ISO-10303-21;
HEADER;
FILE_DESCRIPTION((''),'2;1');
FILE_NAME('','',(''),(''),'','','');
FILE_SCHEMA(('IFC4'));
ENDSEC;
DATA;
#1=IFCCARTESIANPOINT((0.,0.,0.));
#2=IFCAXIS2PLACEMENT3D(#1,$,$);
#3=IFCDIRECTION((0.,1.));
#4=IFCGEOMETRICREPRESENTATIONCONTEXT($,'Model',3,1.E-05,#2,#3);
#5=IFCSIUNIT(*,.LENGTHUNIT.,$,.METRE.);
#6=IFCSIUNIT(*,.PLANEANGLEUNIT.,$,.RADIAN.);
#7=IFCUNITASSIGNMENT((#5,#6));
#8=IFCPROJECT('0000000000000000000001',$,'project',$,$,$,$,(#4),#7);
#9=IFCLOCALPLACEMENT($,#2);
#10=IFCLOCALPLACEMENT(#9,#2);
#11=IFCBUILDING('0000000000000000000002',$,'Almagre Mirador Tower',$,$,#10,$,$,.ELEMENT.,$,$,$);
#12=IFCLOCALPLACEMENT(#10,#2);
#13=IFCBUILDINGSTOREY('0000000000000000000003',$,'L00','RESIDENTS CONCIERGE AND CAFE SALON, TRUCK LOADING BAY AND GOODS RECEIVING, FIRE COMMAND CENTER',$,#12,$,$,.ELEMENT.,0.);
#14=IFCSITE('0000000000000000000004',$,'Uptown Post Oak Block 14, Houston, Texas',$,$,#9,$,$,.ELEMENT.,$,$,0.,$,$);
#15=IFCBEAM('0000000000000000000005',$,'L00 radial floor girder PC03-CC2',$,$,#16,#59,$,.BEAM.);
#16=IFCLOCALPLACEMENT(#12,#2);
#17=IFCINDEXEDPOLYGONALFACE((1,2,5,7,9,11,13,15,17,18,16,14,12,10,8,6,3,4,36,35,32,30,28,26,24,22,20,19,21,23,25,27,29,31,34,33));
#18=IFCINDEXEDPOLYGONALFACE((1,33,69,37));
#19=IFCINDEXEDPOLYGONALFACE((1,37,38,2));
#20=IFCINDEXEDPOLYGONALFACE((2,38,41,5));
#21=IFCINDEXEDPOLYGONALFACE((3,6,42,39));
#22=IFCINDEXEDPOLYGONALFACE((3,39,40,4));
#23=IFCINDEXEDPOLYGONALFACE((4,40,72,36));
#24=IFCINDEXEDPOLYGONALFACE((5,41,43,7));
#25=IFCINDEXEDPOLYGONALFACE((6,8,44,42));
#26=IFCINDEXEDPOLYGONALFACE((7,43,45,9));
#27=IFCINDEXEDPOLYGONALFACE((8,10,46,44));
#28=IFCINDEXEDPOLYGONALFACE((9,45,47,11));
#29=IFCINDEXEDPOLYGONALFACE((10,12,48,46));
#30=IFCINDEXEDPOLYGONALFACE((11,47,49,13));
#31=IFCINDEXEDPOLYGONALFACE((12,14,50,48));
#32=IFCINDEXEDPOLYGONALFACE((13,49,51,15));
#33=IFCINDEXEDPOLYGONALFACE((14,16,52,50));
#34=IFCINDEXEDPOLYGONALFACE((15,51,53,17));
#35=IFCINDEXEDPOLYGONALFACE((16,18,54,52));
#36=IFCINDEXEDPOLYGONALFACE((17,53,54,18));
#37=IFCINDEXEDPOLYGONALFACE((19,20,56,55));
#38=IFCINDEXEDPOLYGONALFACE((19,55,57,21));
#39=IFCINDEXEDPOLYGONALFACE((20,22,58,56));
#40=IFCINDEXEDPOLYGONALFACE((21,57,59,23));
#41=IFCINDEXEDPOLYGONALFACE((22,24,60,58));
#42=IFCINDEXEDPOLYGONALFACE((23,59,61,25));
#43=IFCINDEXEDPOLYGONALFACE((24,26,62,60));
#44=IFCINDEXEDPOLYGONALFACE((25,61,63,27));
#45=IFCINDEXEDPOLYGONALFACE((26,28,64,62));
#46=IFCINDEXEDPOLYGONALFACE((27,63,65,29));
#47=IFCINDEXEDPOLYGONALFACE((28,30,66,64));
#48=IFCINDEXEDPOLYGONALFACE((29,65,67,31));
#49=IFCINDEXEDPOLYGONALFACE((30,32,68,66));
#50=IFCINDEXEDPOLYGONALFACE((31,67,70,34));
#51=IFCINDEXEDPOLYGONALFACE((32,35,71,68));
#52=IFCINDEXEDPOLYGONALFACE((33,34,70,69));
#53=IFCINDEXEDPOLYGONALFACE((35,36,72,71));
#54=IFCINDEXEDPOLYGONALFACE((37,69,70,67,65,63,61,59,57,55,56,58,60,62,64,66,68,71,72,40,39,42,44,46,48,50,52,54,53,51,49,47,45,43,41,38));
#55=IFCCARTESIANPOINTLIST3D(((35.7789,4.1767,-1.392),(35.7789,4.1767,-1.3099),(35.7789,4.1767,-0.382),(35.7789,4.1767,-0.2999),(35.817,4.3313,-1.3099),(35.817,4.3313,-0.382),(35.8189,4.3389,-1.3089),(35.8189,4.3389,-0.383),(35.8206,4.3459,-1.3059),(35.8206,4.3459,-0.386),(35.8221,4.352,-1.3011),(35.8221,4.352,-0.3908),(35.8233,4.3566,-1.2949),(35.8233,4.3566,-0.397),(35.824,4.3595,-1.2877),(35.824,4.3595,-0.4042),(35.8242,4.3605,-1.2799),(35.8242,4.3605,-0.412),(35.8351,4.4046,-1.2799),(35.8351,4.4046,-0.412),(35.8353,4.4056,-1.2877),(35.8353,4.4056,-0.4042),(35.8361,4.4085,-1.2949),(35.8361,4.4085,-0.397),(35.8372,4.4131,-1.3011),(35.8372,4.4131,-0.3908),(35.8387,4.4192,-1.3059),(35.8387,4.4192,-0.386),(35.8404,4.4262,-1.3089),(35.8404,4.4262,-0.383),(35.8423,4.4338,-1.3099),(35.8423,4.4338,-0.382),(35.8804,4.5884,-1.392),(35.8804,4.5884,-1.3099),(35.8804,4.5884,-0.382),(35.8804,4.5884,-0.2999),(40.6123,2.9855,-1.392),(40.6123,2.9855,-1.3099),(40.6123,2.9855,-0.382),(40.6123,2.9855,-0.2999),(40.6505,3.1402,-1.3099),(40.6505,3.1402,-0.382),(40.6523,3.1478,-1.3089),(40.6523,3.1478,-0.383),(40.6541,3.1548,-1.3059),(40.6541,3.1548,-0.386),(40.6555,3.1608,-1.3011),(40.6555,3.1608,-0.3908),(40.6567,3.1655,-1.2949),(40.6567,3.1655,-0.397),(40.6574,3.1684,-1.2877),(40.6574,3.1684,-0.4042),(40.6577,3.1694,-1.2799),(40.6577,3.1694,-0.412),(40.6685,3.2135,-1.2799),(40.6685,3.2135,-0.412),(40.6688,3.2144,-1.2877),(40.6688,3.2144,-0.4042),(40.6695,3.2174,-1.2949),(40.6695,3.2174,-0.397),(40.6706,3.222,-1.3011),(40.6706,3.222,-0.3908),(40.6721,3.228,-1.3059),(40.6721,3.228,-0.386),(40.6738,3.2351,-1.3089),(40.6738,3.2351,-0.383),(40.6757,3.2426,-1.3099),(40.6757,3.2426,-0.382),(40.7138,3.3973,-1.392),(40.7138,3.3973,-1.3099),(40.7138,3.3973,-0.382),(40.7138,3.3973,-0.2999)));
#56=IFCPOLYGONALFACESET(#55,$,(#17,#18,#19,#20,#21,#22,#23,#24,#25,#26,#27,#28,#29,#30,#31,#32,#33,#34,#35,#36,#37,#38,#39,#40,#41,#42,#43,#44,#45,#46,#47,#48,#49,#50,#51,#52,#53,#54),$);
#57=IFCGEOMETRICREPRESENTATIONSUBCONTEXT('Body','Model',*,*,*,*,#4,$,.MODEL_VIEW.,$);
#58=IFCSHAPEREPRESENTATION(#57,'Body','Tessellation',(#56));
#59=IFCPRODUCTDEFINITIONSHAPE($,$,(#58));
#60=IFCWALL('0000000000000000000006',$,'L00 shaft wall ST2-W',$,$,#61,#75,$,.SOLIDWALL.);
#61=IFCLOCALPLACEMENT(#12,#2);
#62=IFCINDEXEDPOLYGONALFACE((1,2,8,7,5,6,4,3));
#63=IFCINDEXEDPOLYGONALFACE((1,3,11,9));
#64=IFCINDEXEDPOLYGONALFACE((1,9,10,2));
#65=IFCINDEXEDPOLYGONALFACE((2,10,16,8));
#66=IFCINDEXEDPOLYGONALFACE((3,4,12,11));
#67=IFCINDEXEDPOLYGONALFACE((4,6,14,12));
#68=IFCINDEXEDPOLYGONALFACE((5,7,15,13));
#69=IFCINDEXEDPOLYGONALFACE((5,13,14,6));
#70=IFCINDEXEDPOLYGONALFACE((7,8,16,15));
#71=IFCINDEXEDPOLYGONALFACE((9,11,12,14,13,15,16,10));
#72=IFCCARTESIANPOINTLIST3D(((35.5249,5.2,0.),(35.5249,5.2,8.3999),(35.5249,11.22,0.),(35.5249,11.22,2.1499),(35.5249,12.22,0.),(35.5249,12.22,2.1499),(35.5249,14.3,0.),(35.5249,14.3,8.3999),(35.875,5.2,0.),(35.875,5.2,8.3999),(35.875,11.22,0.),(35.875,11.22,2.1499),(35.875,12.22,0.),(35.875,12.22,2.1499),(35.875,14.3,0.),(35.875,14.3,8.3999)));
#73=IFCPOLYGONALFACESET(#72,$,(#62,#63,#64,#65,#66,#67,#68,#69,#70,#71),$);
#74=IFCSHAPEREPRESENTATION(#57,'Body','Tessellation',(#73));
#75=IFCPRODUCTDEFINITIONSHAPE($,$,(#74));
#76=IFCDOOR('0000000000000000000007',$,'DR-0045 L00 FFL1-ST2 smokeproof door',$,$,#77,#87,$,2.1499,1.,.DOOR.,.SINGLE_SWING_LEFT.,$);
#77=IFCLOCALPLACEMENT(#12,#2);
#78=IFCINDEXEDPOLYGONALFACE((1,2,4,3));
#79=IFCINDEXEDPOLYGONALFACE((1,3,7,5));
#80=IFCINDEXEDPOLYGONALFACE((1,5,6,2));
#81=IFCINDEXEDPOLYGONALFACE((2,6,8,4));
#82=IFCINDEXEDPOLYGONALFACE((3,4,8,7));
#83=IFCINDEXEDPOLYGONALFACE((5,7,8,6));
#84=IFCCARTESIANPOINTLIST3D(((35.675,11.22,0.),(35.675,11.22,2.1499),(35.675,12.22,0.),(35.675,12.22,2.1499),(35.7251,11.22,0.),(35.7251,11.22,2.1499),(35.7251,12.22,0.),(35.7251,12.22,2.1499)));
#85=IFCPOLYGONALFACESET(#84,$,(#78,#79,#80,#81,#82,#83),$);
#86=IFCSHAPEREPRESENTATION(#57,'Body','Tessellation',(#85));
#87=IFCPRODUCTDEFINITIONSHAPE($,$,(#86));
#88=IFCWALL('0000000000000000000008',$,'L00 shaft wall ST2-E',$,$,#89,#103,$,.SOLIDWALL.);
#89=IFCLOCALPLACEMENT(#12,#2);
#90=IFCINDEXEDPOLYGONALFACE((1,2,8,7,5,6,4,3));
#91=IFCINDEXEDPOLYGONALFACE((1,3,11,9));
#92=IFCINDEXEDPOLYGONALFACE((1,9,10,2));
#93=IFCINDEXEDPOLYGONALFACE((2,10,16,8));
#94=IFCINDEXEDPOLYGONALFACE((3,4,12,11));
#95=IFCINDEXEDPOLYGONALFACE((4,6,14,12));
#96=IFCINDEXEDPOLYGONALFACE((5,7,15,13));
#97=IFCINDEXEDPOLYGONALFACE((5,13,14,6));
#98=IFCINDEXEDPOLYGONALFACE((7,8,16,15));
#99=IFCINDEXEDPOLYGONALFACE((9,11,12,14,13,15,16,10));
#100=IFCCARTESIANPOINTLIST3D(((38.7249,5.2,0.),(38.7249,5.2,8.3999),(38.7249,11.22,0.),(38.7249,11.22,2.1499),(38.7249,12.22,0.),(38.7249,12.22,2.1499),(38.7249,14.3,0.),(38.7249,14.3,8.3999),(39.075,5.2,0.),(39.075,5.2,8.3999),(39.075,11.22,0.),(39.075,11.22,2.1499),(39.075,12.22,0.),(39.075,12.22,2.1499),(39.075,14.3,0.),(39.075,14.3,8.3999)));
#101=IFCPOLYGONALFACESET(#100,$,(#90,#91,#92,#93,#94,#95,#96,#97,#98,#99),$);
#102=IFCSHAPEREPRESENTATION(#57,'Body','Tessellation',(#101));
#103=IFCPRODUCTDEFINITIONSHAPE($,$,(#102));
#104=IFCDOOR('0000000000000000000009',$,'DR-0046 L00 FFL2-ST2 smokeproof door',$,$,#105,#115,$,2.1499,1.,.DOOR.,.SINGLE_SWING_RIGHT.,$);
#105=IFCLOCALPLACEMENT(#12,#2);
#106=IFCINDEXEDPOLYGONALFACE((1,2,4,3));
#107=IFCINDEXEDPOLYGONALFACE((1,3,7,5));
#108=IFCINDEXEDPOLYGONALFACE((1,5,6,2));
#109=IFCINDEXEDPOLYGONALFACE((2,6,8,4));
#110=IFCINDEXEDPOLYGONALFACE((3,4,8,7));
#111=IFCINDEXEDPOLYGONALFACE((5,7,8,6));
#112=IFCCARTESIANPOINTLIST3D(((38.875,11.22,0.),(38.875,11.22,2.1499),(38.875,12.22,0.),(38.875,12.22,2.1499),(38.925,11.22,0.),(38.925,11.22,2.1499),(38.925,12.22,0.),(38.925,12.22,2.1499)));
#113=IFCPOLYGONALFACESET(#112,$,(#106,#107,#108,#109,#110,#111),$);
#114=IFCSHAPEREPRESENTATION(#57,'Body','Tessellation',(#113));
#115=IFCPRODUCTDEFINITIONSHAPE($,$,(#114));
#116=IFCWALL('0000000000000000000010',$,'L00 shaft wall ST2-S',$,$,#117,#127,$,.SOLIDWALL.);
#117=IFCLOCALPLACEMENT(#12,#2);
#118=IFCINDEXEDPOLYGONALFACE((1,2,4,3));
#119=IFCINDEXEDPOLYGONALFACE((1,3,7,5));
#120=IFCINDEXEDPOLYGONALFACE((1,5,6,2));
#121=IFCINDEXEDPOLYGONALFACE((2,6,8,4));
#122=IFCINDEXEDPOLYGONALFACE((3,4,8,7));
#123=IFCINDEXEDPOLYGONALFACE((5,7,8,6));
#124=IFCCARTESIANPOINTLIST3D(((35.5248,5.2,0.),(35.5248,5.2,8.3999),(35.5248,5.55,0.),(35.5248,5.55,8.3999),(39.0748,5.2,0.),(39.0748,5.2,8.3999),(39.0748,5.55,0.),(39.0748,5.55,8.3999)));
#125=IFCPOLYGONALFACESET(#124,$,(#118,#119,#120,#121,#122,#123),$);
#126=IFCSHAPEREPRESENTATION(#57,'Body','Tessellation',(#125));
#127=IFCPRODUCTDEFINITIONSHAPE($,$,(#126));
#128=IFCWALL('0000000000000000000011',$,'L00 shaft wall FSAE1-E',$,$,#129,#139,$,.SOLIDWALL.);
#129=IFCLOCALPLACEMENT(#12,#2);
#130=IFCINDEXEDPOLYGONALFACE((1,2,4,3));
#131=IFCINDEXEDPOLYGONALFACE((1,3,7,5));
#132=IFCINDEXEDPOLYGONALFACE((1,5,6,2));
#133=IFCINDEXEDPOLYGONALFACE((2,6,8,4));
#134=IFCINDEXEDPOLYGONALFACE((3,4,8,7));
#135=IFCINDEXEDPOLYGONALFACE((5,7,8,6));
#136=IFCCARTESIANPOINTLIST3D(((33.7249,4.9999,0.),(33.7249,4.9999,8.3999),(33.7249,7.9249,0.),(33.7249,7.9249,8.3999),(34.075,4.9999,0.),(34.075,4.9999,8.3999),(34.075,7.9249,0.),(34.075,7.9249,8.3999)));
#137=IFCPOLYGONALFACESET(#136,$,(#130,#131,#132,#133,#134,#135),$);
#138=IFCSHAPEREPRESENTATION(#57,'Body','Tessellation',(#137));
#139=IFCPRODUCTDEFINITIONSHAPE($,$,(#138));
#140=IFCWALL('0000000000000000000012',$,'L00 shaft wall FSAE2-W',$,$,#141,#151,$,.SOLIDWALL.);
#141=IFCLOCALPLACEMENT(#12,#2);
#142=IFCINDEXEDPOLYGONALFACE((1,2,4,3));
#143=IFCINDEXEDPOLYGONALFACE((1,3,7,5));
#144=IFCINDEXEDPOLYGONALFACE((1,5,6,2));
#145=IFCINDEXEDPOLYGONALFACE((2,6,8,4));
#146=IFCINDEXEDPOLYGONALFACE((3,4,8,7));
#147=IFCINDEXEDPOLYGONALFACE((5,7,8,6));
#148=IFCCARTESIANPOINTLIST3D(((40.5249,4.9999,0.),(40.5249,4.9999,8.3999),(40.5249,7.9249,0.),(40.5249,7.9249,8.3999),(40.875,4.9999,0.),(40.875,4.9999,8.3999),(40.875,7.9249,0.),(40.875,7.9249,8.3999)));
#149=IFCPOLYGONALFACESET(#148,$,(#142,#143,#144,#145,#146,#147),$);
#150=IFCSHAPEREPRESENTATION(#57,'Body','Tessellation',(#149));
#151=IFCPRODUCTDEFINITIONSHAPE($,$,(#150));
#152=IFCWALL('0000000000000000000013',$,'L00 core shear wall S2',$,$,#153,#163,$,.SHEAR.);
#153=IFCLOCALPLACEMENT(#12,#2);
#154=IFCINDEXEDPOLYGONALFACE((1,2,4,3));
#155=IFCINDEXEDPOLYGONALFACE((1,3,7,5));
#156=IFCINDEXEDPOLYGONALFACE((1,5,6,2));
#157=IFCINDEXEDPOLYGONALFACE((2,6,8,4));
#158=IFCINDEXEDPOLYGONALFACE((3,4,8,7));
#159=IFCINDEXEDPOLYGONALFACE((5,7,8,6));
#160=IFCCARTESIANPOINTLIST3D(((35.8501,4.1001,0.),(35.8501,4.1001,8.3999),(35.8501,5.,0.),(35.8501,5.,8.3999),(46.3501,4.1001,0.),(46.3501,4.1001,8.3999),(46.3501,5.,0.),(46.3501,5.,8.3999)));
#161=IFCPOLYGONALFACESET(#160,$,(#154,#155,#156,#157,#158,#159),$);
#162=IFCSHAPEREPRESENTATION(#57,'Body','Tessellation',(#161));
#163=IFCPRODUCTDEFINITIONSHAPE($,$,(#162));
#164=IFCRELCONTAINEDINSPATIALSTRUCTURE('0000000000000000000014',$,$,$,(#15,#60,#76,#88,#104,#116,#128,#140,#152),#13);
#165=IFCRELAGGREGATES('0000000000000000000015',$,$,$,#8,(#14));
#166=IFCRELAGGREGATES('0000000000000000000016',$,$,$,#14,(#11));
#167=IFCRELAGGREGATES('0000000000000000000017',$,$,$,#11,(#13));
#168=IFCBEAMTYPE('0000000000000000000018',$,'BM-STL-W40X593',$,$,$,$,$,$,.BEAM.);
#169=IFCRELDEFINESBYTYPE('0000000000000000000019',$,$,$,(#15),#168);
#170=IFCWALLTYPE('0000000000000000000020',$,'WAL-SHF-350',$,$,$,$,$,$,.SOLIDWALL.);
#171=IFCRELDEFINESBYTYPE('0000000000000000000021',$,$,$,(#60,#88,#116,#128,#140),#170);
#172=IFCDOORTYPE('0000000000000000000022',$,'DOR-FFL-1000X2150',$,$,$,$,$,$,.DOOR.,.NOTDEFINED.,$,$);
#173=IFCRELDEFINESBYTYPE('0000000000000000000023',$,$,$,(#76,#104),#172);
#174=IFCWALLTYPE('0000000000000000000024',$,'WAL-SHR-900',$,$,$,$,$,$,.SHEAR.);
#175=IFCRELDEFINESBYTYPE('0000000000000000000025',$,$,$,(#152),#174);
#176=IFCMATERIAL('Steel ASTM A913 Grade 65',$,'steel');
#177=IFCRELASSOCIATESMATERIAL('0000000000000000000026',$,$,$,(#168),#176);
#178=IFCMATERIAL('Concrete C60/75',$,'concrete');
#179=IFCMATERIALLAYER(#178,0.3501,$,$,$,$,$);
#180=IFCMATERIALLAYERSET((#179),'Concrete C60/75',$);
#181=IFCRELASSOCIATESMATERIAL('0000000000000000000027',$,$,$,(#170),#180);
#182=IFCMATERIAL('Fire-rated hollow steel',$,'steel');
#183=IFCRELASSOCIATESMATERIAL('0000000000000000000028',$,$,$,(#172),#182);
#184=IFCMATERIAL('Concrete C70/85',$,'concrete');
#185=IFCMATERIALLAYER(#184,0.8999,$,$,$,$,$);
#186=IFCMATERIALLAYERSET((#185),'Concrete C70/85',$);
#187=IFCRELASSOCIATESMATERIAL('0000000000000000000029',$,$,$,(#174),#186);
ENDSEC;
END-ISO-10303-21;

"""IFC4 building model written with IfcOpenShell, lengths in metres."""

from ifc_helpers import new_model, si_unit, direction, frame, frame_2d, origin, origin_2d, place, context, subcontext, project, spatial, rectangle, i_section, extrude, material, layer, layer_set, material_profile, profile_set, type_object, element, fill, save


model = new_model("IFC4")

# Units and contexts
model_context = context("Model", 3, precision=1e-05, world=origin(), true_north=direction((0.0, 1.0)))
body_context = subcontext(model_context, "Body", "Model", "MODEL_VIEW")
ifc_project = project(units=[si_unit("LENGTHUNIT", "METRE"), si_unit("PLANEANGLEUNIT", "RADIAN")], contexts=[model_context])

# Site, building, storey
site_placement = place(None, origin())
site = spatial("IfcSite", under=ifc_project, at=site_placement, Name="Uptown Post Oak Block 14, Houston, Texas", CompositionType="ELEMENT", RefElevation=0.0)
building_placement = place(site_placement, origin())
building = spatial("IfcBuilding", under=site, at=building_placement, Name="Almagre Mirador Tower", CompositionType="ELEMENT")
storey_placement = place(building_placement, origin())
storey = spatial("IfcBuildingStorey", under=building, at=storey_placement, Name="L00", Description="RESIDENTS CONCIERGE AND CAFE SALON, TRUCK LOADING BAY AND GOODS RECEIVING, FIRE COMMAND CENTER", CompositionType="ELEMENT", Elevation=0.0)

# Beam
ifc_material_1 = material(Name="Steel ASTM A913 Grade 65", Category="steel")
ifc_material_profile_1 = material_profile(ifc_material_1, i_section(OverallWidth=0.4241, OverallDepth=1.092, WebThickness=0.0454, FlangeThickness=0.082, FilletRadius=0.03, at=origin_2d()), Name="W40X593")
ifc_profile_set_1 = profile_set([ifc_material_profile_1], Name="Steel ASTM A913 Grade 65")
beam_type_1 = type_object("IfcBeamType", Name="BM-STL-W40X593", PredefinedType="BEAM", material=ifc_profile_set_1)
beam_1_placement = place(storey_placement, frame((40.6631, 3.1914, -0.8459), z_axis=(-0.970951, 0.23928, 0.0), x_axis=(-0.23928, -0.970951, 0.0)))
element("IfcBeam", 1, at=beam_1_placement, inside=storey, type_object=beam_type_1, Name="L00 radial floor girder PC03-CC2", PredefinedType="BEAM", context=body_context, shape_type="SweptSolid", body=[
    extrude(i_section(OverallWidth=0.4241, OverallDepth=1.092, WebThickness=0.0454, FlangeThickness=0.082, FilletRadius=0.03, at=origin_2d()), origin(), (0.0, 0.0, 1.0), 4.978),
])

# Walls, openings, doors
ifc_material_2 = material(Name="Concrete C60/75", Category="concrete")
ifc_layer_1 = layer(ifc_material_2, 0.3501)
ifc_layer_set_1 = layer_set([ifc_layer_1], Name="Concrete C60/75")
wall_type_1 = type_object("IfcWallType", Name="WAL-SHF-350", PredefinedType="SOLIDWALL", material=ifc_layer_set_1)
wall_1_placement = place(storey_placement, frame((35.7, 5.2, 0.0), z_axis=(0.0, 0.0, 1.0), x_axis=(0.0, 1.0, 0.0)))
wall_1 = element("IfcWall", 2, at=wall_1_placement, inside=storey, type_object=wall_type_1, Name="L00 shaft wall ST2-W", PredefinedType="SOLIDWALL", context=body_context, shape_type="SweptSolid", body=[
    extrude(rectangle(XDim=9.1001, YDim=0.3501, at=frame_2d((4.55, 0.0))), origin(), (0.0, 0.0, 1.0), 8.3999),
])
opening_1_placement = place(wall_1_placement, frame((6.02, 0.0, 0.0)))
opening_1 = element("IfcOpeningElement", 3, at=opening_1_placement, cuts=wall_1, PredefinedType="OPENING", context=body_context, shape_type="SweptSolid", body=[
    extrude(rectangle(XDim=1.0, YDim=2.1499, at=frame_2d((0.5, 1.075))), frame((0.0, 0.185, 0.0), z_axis=(0.0, -1.0, 0.0), x_axis=(1.0, 0.0, 0.0)), (0.0, 0.0, 1.0), 0.3701),
])
ifc_material_3 = material(Name="Fire-rated hollow steel", Category="steel")
door_type = type_object("IfcDoorType", Name="DOR-FFL-1000X2150", OperationType="NOTDEFINED", PredefinedType="DOOR", material=ifc_material_3)
door_1_placement = place(opening_1_placement, origin())
door_1 = element("IfcDoor", 4, at=door_1_placement, inside=storey, type_object=door_type, Name="DR-0045 L00 FFL1-ST2 smokeproof door", OperationType="SINGLE_SWING_LEFT", OverallHeight=2.1499, OverallWidth=1.0, PredefinedType="DOOR", context=body_context, shape_type="SweptSolid", body=[
    extrude(rectangle(XDim=1.0, YDim=2.1499, at=frame_2d((0.5, 1.075))), frame((0.0, 0.0249, 0.0), z_axis=(0.0, -1.0, 0.0), x_axis=(1.0, 0.0, 0.0)), (0.0, 0.0, 1.0), 0.05),
])
fill(opening_1, door_1)
wall_2_placement = place(storey_placement, frame((38.8999, 5.2, 0.0), z_axis=(0.0, 0.0, 1.0), x_axis=(0.0, 1.0, 0.0)))
wall_2 = element("IfcWall", 5, at=wall_2_placement, inside=storey, type_object=wall_type_1, Name="L00 shaft wall ST2-E", PredefinedType="SOLIDWALL", context=body_context, shape_type="SweptSolid", body=[
    extrude(rectangle(XDim=9.1001, YDim=0.3501, at=frame_2d((4.55, 0.0))), origin(), (0.0, 0.0, 1.0), 8.3999),
])
opening_2_placement = place(wall_2_placement, frame((6.02, 0.0, 0.0)))
opening_2 = element("IfcOpeningElement", 6, at=opening_2_placement, cuts=wall_2, PredefinedType="OPENING", context=body_context, shape_type="SweptSolid", body=[
    extrude(rectangle(XDim=1.0, YDim=2.1499, at=frame_2d((0.5, 1.075))), frame((0.0, 0.185, 0.0), z_axis=(0.0, -1.0, 0.0), x_axis=(1.0, 0.0, 0.0)), (0.0, 0.0, 1.0), 0.3701),
])
door_2_placement = place(opening_2_placement, origin())
door_2 = element("IfcDoor", 7, at=door_2_placement, inside=storey, type_object=door_type, Name="DR-0046 L00 FFL2-ST2 smokeproof door", OperationType="SINGLE_SWING_RIGHT", OverallHeight=2.1499, OverallWidth=1.0, PredefinedType="DOOR", context=body_context, shape_type="SweptSolid", body=[
    extrude(rectangle(XDim=1.0, YDim=2.1499, at=frame_2d((0.5, 1.075))), frame((0.0, 0.0249, 0.0), z_axis=(0.0, -1.0, 0.0), x_axis=(1.0, 0.0, 0.0)), (0.0, 0.0, 1.0), 0.05),
])
fill(opening_2, door_2)

# Walls
wall_3_placement = place(storey_placement, frame((35.5249, 5.375, 0.0), z_axis=(0.0, 0.0, 1.0), x_axis=(1.0, 0.0, 0.0)))
element("IfcWall", 8, at=wall_3_placement, inside=storey, type_object=wall_type_1, Name="L00 shaft wall ST2-S", PredefinedType="SOLIDWALL", context=body_context, shape_type="SweptSolid", body=[
    extrude(rectangle(XDim=3.55, YDim=0.3501, at=frame_2d((1.7749, 0.0))), origin(), (0.0, 0.0, 1.0), 8.3999),
])
for number, where, z_axis, x_axis, name in (
    (9, (33.8999, 5.0, 0.0), (0.0, 0.0, 1.0), (0.0, 1.0, 0.0), "L00 shaft wall FSAE1-E"),
    (10, (40.7, 5.0, 0.0), (0.0, 0.0, 1.0), (0.0, 1.0, 0.0), "L00 shaft wall FSAE2-W"),
):
    element("IfcWall", number, at=place(storey_placement, frame(where, z_axis=z_axis, x_axis=x_axis)), inside=storey, type_object=wall_type_1, Name=name, PredefinedType="SOLIDWALL", context=body_context, shape_type="SweptSolid", body=[
        extrude(rectangle(XDim=2.925, YDim=0.3501, at=frame_2d((1.4624, 0.0))), origin(), (0.0, 0.0, 1.0), 8.3999),
    ])
ifc_material_4 = material(Name="Concrete C70/85", Category="concrete")
ifc_layer_2 = layer(ifc_material_4, 0.8999)
ifc_layer_set_2 = layer_set([ifc_layer_2], Name="Concrete C70/85")
wall_type_2 = type_object("IfcWallType", Name="WAL-SHR-900", PredefinedType="SHEAR", material=ifc_layer_set_2)
wall_4_placement = place(storey_placement, frame((35.8501, 4.55, 0.0), z_axis=(0.0, 0.0, 1.0), x_axis=(1.0, 0.0, 0.0)))
element("IfcWall", 11, at=wall_4_placement, inside=storey, type_object=wall_type_2, Name="L00 core shear wall S2", PredefinedType="SHEAR", context=body_context, shape_type="SweptSolid", body=[
    extrude(rectangle(XDim=10.5, YDim=0.8999, at=frame_2d((5.25, 0.0))), origin(), (0.0, 0.0, 1.0), 8.3999),
])

save(model, "model.ifc")
